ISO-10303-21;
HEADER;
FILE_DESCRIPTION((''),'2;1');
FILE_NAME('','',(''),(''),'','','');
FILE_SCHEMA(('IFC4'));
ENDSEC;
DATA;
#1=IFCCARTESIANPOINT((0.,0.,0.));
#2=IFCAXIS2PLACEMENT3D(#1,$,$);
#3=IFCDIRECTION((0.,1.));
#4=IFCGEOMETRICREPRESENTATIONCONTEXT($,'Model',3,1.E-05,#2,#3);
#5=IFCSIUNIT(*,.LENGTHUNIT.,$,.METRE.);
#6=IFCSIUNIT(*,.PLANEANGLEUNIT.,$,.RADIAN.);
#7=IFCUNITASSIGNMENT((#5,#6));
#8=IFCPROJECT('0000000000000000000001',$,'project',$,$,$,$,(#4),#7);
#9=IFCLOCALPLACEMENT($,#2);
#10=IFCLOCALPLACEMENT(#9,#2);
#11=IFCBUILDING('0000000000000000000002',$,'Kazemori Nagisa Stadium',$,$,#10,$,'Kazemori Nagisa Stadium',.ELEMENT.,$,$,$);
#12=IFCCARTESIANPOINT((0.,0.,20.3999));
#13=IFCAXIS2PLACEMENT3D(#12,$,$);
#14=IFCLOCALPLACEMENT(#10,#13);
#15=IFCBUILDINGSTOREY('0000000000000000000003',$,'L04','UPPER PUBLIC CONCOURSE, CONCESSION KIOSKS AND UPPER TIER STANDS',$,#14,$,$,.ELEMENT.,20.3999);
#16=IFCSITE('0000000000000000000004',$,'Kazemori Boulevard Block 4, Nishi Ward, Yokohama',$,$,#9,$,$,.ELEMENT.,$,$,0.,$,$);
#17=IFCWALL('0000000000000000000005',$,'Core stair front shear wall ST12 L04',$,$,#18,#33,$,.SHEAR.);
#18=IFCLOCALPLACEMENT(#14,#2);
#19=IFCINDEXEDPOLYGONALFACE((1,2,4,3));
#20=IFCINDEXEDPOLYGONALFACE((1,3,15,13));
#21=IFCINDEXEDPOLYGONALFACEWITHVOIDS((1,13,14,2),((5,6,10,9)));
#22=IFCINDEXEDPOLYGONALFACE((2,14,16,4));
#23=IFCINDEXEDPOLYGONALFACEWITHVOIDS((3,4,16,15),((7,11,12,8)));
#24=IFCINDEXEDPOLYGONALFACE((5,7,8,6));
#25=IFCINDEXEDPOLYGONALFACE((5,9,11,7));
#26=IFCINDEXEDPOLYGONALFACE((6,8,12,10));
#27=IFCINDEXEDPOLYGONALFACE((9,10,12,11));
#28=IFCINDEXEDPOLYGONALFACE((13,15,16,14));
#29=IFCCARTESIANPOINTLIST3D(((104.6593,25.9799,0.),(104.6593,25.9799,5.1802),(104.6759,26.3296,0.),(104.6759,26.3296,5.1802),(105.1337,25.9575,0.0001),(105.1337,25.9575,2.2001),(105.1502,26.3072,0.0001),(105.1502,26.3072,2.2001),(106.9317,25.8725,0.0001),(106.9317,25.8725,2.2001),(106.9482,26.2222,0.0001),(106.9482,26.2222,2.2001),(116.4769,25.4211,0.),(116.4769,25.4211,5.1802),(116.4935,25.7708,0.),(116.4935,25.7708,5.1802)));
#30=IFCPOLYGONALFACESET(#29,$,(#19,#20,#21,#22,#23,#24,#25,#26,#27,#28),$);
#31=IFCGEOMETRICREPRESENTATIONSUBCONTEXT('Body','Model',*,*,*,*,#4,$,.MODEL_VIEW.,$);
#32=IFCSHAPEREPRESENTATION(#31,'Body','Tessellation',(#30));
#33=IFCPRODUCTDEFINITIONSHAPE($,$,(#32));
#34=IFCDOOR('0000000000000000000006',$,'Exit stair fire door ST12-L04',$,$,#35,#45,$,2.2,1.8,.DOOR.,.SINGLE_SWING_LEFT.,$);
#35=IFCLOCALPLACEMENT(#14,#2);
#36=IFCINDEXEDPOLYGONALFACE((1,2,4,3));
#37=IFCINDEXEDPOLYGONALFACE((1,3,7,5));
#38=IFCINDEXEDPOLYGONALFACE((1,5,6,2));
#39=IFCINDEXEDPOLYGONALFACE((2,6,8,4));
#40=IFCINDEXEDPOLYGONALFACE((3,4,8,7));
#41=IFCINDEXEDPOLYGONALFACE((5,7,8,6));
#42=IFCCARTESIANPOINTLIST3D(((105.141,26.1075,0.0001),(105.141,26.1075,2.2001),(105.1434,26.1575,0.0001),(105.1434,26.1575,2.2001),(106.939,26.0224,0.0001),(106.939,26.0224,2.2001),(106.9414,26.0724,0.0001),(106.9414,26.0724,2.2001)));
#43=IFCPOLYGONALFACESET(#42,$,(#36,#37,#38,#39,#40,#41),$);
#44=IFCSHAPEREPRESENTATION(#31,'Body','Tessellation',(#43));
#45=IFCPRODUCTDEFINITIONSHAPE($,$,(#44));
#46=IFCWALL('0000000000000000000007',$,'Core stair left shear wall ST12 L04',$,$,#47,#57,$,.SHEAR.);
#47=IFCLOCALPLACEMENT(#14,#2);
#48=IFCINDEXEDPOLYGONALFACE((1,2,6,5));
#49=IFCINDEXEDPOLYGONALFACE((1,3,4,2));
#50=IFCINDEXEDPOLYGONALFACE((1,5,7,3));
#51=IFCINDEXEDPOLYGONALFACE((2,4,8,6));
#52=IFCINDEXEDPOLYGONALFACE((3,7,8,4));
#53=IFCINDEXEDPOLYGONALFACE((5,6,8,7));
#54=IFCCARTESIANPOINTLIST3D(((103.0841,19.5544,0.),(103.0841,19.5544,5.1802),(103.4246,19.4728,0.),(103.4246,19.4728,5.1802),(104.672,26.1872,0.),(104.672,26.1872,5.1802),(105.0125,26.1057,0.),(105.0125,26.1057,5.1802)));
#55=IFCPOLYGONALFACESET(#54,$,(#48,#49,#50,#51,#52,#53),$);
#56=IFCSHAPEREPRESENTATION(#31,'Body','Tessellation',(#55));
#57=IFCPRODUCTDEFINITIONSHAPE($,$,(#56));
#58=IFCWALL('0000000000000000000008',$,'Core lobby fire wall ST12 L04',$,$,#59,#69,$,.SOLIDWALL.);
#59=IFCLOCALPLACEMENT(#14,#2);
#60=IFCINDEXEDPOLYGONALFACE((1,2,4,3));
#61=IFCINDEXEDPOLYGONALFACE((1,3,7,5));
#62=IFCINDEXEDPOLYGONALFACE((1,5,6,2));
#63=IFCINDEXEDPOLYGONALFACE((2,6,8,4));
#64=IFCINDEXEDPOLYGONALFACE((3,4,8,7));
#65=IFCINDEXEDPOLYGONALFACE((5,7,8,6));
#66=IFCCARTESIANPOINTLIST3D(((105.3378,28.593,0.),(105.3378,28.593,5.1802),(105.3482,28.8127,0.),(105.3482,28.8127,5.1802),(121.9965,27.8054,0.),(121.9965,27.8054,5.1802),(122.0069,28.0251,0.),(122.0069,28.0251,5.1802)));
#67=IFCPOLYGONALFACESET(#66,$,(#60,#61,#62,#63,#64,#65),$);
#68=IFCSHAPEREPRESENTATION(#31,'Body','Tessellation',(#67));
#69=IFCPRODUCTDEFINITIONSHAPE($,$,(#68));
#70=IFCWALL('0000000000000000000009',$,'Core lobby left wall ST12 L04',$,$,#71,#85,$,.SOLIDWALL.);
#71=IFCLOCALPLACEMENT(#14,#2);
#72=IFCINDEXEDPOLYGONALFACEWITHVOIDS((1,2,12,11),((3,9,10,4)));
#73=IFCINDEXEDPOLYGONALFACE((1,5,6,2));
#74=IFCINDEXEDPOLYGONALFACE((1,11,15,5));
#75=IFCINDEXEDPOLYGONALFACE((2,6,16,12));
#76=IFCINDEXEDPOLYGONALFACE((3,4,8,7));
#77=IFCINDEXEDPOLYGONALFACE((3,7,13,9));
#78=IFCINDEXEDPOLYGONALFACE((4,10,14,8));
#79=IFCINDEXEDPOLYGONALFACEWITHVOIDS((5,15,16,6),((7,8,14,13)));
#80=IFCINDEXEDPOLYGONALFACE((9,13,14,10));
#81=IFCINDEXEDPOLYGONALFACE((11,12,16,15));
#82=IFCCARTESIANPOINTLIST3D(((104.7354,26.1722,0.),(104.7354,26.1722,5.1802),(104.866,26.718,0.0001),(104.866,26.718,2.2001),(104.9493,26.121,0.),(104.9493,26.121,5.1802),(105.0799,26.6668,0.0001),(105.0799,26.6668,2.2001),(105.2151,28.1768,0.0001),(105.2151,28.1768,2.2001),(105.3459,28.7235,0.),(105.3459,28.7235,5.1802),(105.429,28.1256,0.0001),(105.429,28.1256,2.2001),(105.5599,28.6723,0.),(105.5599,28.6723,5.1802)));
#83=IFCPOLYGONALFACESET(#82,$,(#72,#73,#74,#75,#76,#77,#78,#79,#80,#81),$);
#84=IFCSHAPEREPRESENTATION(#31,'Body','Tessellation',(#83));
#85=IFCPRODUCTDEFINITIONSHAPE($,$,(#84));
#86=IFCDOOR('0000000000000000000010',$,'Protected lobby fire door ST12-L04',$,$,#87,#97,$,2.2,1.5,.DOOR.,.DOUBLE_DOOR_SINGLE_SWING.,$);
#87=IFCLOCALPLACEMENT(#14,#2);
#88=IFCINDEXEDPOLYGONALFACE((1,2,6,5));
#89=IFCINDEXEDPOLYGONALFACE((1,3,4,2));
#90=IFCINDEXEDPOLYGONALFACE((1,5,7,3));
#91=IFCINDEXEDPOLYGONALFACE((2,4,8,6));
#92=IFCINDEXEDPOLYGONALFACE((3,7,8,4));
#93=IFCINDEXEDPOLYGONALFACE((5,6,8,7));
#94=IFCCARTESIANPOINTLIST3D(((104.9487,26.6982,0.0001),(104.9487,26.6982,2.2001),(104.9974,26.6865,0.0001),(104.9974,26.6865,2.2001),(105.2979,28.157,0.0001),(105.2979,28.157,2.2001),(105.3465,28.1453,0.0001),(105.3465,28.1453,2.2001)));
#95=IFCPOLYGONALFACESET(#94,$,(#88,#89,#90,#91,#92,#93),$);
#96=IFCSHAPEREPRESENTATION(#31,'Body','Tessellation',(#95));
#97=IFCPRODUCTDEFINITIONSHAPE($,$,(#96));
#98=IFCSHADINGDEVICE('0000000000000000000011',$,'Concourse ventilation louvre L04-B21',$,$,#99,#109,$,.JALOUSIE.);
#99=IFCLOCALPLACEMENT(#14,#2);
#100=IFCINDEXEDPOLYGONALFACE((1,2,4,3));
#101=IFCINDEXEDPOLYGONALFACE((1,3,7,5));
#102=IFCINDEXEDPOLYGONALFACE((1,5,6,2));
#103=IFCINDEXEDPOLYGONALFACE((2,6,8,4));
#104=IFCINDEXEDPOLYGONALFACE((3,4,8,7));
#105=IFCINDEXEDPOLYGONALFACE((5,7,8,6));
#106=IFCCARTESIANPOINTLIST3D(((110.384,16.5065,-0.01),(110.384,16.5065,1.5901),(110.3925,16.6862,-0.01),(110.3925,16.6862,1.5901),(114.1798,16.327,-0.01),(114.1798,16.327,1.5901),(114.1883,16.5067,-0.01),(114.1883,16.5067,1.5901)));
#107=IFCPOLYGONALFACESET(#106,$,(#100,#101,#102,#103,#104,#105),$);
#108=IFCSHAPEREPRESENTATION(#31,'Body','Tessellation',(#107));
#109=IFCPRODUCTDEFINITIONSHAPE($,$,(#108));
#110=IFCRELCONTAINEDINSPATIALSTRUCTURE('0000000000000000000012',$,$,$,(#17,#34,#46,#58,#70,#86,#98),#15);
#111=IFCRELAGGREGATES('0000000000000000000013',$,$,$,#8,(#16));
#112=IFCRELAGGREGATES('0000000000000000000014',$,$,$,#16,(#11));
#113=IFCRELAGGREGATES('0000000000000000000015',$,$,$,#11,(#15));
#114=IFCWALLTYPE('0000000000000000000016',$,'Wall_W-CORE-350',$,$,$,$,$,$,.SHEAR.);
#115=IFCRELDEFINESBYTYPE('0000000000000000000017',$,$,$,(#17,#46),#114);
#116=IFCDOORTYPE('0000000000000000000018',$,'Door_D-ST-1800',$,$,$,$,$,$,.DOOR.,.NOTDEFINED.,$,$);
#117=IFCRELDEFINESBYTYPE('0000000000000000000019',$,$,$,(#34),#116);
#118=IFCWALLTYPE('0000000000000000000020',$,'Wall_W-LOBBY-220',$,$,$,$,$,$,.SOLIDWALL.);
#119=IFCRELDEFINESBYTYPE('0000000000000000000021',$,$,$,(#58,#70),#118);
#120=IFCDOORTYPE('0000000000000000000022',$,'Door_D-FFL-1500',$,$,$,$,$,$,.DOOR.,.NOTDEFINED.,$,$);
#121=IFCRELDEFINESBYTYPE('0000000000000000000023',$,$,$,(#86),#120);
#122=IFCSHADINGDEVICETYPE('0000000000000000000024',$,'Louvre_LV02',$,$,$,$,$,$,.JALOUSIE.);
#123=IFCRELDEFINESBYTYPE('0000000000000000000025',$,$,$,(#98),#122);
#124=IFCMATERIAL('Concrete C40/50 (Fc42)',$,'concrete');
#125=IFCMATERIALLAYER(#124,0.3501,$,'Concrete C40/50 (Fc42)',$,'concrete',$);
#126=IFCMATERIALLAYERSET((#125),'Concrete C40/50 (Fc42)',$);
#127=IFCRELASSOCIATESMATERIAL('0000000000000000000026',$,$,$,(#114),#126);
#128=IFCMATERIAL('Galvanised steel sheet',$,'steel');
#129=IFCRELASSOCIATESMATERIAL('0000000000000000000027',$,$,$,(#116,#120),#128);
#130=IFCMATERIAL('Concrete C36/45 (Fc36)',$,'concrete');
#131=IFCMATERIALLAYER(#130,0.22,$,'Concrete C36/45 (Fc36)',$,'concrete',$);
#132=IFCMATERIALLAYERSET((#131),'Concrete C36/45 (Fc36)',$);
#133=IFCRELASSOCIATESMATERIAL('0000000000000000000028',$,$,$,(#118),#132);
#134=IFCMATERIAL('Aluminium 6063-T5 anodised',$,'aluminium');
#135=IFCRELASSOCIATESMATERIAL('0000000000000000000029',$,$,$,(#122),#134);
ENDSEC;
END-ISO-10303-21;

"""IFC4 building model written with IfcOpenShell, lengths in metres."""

from ifc_helpers import new_model, si_unit, direction, frame, frame_2d, origin, origin_2d, place, context, subcontext, project, spatial, rectangle, extrude, material, layer, layer_set, type_object, element, fill, save


model = new_model("IFC4")

# Units and contexts
model_context = context("Model", 3, precision=1e-05, world=origin(), true_north=direction((0.0, 1.0)))
body_context = subcontext(model_context, "Body", "Model", "MODEL_VIEW")
ifc_project = project(units=[si_unit("LENGTHUNIT", "METRE"), si_unit("PLANEANGLEUNIT", "RADIAN")], contexts=[model_context])

# Site, building, storey
site_placement = place(None, origin())
site = spatial("IfcSite", under=ifc_project, at=site_placement, Name="Kazemori Boulevard Block 4, Nishi Ward, Yokohama", CompositionType="ELEMENT", RefElevation=0.0)
building_placement = place(site_placement, origin())
building = spatial("IfcBuilding", under=site, at=building_placement, Name="Kazemori Nagisa Stadium", LongName="Kazemori Nagisa Stadium", CompositionType="ELEMENT")
storey_placement = place(building_placement, frame((0.0, 0.0, 20.3999)))
storey = spatial("IfcBuildingStorey", under=building, at=storey_placement, Name="L04", Description="UPPER PUBLIC CONCOURSE, CONCESSION KIOSKS AND UPPER TIER STANDS", CompositionType="ELEMENT", Elevation=20.3999)

# Shared definitions
ifc_material_1 = material(Name="Concrete C40/50 (Fc42)", Category="concrete")

# Shared definitions
ifc_material_2 = material(Name="Aluminium 6063-T5 anodised", Category="aluminium")

# Wall, opening, door
ifc_layer_1 = layer(ifc_material_1, 0.3501, Name="Concrete C40/50 (Fc42)", Category="concrete")
ifc_layer_set_1 = layer_set([ifc_layer_1], Name="Concrete C40/50 (Fc42)")
wall_type_1 = type_object("IfcWallType", Name="Wall_W-CORE-350", PredefinedType="SHEAR", material=ifc_layer_set_1)
wall_1_placement = place(storey_placement, frame((104.6675, 26.1548, 0.0), z_axis=(0.0, 0.0, 1.0), x_axis=(0.998884, -0.047236, 0.0)))
wall_1 = element("IfcWall", 1, at=wall_1_placement, inside=storey, type_object=wall_type_1, Name="Core stair front shear wall ST12 L04", PredefinedType="SHEAR", context=body_context, shape_type="SweptSolid", body=[
    extrude(rectangle(XDim=11.8308, YDim=0.3501, at=frame_2d((5.9155, 0.0))), origin(), (0.0, 0.0, 1.0), 5.1802),
])
opening_1_placement = place(wall_1_placement, frame((0.4751, 0.0, 0.0)))
opening_1 = element("IfcOpeningElement", 2, at=opening_1_placement, cuts=wall_1, PredefinedType="OPENING", context=body_context, shape_type="SweptSolid", body=[
    extrude(rectangle(XDim=1.8, YDim=2.2, at=frame_2d((0.8999, 1.1001))), frame((0.0, 0.1851, 0.0), z_axis=(0.0, -1.0, 0.0), x_axis=(1.0, 0.0, 0.0)), (0.0, 0.0, 1.0), 0.3701),
])
ifc_material_3 = material(Name="Galvanised steel sheet", Category="steel")
door_type_1 = type_object("IfcDoorType", Name="Door_D-ST-1800", OperationType="NOTDEFINED", PredefinedType="DOOR", material=ifc_material_3)
door_1_placement = place(opening_1_placement, frame((1.8, 0.0, 0.0), z_axis=(0.0, 0.0, 1.0), x_axis=(-1.0, 0.0, 0.0)))
door_1 = element("IfcDoor", 3, at=door_1_placement, inside=storey, type_object=door_type_1, Name="Exit stair fire door ST12-L04", OperationType="SINGLE_SWING_LEFT", OverallHeight=2.2, OverallWidth=1.8, PredefinedType="DOOR", context=body_context, shape_type="SweptSolid", body=[
    extrude(rectangle(XDim=1.8, YDim=2.2, at=frame_2d((0.8999, 1.1001))), frame((0.0, 0.0249, 0.0), z_axis=(0.0, -1.0, 0.0), x_axis=(1.0, 0.0, 0.0)), (0.0, 0.0, 1.0), 0.05),
])
fill(opening_1, door_1)

# Walls
wall_2_placement = place(storey_placement, frame((104.8423, 26.1465, 0.0), z_axis=(0.0, 0.0, 1.0), x_axis=(-0.232821, -0.97252, 0.0)))
element("IfcWall", 4, at=wall_2_placement, inside=storey, type_object=wall_type_1, Name="Core stair left shear wall ST12 L04", PredefinedType="SHEAR", context=body_context, shape_type="SweptSolid", body=[
    extrude(rectangle(XDim=6.8203, YDim=0.3501, at=frame_2d((3.4102, 0.0))), origin(), (0.0, 0.0, 1.0), 5.1802),
])
ifc_material_4 = material(Name="Concrete C36/45 (Fc36)", Category="concrete")
ifc_layer_2 = layer(ifc_material_4, 0.22, Name="Concrete C36/45 (Fc36)", Category="concrete")
ifc_layer_set_2 = layer_set([ifc_layer_2], Name="Concrete C36/45 (Fc36)")
wall_type_2 = type_object("IfcWallType", Name="Wall_W-LOBBY-220", PredefinedType="SOLIDWALL", material=ifc_layer_set_2)
wall_3_placement = place(storey_placement, frame((105.343, 28.7029, 0.0), z_axis=(0.0, 0.0, 1.0), x_axis=(0.998884, -0.047226, 0.0)))
element("IfcWall", 5, at=wall_3_placement, inside=storey, type_object=wall_type_2, Name="Core lobby fire wall ST12 L04", PredefinedType="SOLIDWALL", context=body_context, shape_type="SweptSolid", body=[
    extrude(rectangle(XDim=16.6772, YDim=0.22, at=frame_2d((8.3386, 0.0))), origin(), (0.0, 0.0, 1.0), 5.1802),
])

# Wall, opening, door
wall_4_placement = place(storey_placement, frame((105.4529, 28.6978, 0.0), z_axis=(0.0, 0.0, 1.0), x_axis=(-0.232757, -0.972535, 0.0)))
wall_4 = element("IfcWall", 6, at=wall_4_placement, inside=storey, type_object=wall_type_2, Name="Core lobby left wall ST12 L04", PredefinedType="SOLIDWALL", context=body_context, shape_type="SweptSolid", body=[
    extrude(rectangle(XDim=2.6233, YDim=0.22, at=frame_2d((1.3115, 0.0))), origin(), (0.0, 0.0, 1.0), 5.1802),
])
opening_2_placement = place(wall_4_placement, frame((0.562, 0.0, 0.0)))
opening_2 = element("IfcOpeningElement", 7, at=opening_2_placement, cuts=wall_4, PredefinedType="OPENING", context=body_context, shape_type="SweptSolid", body=[
    extrude(rectangle(XDim=1.5, YDim=2.2, at=frame_2d((0.75, 1.1001))), frame((0.0, 0.1199, 0.0), z_axis=(0.0, -1.0, 0.0), x_axis=(1.0, 0.0, 0.0)), (0.0, 0.0, 1.0), 0.24),
])
door_type_2 = type_object("IfcDoorType", Name="Door_D-FFL-1500", OperationType="NOTDEFINED", PredefinedType="DOOR", material=ifc_material_3)
door_2_placement = place(opening_2_placement, frame((1.5, 0.0, 0.0), z_axis=(0.0, 0.0, 1.0), x_axis=(-1.0, 0.0, 0.0)))
door_2 = element("IfcDoor", 8, at=door_2_placement, inside=storey, type_object=door_type_2, Name="Protected lobby fire door ST12-L04", OperationType="DOUBLE_DOOR_SINGLE_SWING", OverallHeight=2.2, OverallWidth=1.5, PredefinedType="DOOR", context=body_context, shape_type="SweptSolid", body=[
    extrude(rectangle(XDim=1.5, YDim=2.2, at=frame_2d((0.75, 1.1001))), frame((0.0, 0.0249, 0.0), z_axis=(0.0, -1.0, 0.0), x_axis=(1.0, 0.0, 0.0)), (0.0, 0.0, 1.0), 0.05),
])
fill(opening_2, door_2)

# Shading device
shading_device_type = type_object("IfcShadingDeviceType", Name="Louvre_LV02", PredefinedType="JALOUSIE", material=ifc_material_2)
shading_device_placement = place(storey_placement, frame((112.2861, 16.5066, -0.01), z_axis=(0.0, 0.0, 1.0), x_axis=(0.998884, -0.04723, 0.0)))
element("IfcShadingDevice", 9, at=shading_device_placement, inside=storey, type_object=shading_device_type, Name="Concourse ventilation louvre L04-B21", PredefinedType="JALOUSIE", context=body_context, shape_type="SweptSolid", body=[
    extrude(rectangle(XDim=3.8, YDim=0.1799, at=origin_2d()), origin(), (0.0, 0.0, 1.0), 1.6001),
])

save(model, "model.ifc")
